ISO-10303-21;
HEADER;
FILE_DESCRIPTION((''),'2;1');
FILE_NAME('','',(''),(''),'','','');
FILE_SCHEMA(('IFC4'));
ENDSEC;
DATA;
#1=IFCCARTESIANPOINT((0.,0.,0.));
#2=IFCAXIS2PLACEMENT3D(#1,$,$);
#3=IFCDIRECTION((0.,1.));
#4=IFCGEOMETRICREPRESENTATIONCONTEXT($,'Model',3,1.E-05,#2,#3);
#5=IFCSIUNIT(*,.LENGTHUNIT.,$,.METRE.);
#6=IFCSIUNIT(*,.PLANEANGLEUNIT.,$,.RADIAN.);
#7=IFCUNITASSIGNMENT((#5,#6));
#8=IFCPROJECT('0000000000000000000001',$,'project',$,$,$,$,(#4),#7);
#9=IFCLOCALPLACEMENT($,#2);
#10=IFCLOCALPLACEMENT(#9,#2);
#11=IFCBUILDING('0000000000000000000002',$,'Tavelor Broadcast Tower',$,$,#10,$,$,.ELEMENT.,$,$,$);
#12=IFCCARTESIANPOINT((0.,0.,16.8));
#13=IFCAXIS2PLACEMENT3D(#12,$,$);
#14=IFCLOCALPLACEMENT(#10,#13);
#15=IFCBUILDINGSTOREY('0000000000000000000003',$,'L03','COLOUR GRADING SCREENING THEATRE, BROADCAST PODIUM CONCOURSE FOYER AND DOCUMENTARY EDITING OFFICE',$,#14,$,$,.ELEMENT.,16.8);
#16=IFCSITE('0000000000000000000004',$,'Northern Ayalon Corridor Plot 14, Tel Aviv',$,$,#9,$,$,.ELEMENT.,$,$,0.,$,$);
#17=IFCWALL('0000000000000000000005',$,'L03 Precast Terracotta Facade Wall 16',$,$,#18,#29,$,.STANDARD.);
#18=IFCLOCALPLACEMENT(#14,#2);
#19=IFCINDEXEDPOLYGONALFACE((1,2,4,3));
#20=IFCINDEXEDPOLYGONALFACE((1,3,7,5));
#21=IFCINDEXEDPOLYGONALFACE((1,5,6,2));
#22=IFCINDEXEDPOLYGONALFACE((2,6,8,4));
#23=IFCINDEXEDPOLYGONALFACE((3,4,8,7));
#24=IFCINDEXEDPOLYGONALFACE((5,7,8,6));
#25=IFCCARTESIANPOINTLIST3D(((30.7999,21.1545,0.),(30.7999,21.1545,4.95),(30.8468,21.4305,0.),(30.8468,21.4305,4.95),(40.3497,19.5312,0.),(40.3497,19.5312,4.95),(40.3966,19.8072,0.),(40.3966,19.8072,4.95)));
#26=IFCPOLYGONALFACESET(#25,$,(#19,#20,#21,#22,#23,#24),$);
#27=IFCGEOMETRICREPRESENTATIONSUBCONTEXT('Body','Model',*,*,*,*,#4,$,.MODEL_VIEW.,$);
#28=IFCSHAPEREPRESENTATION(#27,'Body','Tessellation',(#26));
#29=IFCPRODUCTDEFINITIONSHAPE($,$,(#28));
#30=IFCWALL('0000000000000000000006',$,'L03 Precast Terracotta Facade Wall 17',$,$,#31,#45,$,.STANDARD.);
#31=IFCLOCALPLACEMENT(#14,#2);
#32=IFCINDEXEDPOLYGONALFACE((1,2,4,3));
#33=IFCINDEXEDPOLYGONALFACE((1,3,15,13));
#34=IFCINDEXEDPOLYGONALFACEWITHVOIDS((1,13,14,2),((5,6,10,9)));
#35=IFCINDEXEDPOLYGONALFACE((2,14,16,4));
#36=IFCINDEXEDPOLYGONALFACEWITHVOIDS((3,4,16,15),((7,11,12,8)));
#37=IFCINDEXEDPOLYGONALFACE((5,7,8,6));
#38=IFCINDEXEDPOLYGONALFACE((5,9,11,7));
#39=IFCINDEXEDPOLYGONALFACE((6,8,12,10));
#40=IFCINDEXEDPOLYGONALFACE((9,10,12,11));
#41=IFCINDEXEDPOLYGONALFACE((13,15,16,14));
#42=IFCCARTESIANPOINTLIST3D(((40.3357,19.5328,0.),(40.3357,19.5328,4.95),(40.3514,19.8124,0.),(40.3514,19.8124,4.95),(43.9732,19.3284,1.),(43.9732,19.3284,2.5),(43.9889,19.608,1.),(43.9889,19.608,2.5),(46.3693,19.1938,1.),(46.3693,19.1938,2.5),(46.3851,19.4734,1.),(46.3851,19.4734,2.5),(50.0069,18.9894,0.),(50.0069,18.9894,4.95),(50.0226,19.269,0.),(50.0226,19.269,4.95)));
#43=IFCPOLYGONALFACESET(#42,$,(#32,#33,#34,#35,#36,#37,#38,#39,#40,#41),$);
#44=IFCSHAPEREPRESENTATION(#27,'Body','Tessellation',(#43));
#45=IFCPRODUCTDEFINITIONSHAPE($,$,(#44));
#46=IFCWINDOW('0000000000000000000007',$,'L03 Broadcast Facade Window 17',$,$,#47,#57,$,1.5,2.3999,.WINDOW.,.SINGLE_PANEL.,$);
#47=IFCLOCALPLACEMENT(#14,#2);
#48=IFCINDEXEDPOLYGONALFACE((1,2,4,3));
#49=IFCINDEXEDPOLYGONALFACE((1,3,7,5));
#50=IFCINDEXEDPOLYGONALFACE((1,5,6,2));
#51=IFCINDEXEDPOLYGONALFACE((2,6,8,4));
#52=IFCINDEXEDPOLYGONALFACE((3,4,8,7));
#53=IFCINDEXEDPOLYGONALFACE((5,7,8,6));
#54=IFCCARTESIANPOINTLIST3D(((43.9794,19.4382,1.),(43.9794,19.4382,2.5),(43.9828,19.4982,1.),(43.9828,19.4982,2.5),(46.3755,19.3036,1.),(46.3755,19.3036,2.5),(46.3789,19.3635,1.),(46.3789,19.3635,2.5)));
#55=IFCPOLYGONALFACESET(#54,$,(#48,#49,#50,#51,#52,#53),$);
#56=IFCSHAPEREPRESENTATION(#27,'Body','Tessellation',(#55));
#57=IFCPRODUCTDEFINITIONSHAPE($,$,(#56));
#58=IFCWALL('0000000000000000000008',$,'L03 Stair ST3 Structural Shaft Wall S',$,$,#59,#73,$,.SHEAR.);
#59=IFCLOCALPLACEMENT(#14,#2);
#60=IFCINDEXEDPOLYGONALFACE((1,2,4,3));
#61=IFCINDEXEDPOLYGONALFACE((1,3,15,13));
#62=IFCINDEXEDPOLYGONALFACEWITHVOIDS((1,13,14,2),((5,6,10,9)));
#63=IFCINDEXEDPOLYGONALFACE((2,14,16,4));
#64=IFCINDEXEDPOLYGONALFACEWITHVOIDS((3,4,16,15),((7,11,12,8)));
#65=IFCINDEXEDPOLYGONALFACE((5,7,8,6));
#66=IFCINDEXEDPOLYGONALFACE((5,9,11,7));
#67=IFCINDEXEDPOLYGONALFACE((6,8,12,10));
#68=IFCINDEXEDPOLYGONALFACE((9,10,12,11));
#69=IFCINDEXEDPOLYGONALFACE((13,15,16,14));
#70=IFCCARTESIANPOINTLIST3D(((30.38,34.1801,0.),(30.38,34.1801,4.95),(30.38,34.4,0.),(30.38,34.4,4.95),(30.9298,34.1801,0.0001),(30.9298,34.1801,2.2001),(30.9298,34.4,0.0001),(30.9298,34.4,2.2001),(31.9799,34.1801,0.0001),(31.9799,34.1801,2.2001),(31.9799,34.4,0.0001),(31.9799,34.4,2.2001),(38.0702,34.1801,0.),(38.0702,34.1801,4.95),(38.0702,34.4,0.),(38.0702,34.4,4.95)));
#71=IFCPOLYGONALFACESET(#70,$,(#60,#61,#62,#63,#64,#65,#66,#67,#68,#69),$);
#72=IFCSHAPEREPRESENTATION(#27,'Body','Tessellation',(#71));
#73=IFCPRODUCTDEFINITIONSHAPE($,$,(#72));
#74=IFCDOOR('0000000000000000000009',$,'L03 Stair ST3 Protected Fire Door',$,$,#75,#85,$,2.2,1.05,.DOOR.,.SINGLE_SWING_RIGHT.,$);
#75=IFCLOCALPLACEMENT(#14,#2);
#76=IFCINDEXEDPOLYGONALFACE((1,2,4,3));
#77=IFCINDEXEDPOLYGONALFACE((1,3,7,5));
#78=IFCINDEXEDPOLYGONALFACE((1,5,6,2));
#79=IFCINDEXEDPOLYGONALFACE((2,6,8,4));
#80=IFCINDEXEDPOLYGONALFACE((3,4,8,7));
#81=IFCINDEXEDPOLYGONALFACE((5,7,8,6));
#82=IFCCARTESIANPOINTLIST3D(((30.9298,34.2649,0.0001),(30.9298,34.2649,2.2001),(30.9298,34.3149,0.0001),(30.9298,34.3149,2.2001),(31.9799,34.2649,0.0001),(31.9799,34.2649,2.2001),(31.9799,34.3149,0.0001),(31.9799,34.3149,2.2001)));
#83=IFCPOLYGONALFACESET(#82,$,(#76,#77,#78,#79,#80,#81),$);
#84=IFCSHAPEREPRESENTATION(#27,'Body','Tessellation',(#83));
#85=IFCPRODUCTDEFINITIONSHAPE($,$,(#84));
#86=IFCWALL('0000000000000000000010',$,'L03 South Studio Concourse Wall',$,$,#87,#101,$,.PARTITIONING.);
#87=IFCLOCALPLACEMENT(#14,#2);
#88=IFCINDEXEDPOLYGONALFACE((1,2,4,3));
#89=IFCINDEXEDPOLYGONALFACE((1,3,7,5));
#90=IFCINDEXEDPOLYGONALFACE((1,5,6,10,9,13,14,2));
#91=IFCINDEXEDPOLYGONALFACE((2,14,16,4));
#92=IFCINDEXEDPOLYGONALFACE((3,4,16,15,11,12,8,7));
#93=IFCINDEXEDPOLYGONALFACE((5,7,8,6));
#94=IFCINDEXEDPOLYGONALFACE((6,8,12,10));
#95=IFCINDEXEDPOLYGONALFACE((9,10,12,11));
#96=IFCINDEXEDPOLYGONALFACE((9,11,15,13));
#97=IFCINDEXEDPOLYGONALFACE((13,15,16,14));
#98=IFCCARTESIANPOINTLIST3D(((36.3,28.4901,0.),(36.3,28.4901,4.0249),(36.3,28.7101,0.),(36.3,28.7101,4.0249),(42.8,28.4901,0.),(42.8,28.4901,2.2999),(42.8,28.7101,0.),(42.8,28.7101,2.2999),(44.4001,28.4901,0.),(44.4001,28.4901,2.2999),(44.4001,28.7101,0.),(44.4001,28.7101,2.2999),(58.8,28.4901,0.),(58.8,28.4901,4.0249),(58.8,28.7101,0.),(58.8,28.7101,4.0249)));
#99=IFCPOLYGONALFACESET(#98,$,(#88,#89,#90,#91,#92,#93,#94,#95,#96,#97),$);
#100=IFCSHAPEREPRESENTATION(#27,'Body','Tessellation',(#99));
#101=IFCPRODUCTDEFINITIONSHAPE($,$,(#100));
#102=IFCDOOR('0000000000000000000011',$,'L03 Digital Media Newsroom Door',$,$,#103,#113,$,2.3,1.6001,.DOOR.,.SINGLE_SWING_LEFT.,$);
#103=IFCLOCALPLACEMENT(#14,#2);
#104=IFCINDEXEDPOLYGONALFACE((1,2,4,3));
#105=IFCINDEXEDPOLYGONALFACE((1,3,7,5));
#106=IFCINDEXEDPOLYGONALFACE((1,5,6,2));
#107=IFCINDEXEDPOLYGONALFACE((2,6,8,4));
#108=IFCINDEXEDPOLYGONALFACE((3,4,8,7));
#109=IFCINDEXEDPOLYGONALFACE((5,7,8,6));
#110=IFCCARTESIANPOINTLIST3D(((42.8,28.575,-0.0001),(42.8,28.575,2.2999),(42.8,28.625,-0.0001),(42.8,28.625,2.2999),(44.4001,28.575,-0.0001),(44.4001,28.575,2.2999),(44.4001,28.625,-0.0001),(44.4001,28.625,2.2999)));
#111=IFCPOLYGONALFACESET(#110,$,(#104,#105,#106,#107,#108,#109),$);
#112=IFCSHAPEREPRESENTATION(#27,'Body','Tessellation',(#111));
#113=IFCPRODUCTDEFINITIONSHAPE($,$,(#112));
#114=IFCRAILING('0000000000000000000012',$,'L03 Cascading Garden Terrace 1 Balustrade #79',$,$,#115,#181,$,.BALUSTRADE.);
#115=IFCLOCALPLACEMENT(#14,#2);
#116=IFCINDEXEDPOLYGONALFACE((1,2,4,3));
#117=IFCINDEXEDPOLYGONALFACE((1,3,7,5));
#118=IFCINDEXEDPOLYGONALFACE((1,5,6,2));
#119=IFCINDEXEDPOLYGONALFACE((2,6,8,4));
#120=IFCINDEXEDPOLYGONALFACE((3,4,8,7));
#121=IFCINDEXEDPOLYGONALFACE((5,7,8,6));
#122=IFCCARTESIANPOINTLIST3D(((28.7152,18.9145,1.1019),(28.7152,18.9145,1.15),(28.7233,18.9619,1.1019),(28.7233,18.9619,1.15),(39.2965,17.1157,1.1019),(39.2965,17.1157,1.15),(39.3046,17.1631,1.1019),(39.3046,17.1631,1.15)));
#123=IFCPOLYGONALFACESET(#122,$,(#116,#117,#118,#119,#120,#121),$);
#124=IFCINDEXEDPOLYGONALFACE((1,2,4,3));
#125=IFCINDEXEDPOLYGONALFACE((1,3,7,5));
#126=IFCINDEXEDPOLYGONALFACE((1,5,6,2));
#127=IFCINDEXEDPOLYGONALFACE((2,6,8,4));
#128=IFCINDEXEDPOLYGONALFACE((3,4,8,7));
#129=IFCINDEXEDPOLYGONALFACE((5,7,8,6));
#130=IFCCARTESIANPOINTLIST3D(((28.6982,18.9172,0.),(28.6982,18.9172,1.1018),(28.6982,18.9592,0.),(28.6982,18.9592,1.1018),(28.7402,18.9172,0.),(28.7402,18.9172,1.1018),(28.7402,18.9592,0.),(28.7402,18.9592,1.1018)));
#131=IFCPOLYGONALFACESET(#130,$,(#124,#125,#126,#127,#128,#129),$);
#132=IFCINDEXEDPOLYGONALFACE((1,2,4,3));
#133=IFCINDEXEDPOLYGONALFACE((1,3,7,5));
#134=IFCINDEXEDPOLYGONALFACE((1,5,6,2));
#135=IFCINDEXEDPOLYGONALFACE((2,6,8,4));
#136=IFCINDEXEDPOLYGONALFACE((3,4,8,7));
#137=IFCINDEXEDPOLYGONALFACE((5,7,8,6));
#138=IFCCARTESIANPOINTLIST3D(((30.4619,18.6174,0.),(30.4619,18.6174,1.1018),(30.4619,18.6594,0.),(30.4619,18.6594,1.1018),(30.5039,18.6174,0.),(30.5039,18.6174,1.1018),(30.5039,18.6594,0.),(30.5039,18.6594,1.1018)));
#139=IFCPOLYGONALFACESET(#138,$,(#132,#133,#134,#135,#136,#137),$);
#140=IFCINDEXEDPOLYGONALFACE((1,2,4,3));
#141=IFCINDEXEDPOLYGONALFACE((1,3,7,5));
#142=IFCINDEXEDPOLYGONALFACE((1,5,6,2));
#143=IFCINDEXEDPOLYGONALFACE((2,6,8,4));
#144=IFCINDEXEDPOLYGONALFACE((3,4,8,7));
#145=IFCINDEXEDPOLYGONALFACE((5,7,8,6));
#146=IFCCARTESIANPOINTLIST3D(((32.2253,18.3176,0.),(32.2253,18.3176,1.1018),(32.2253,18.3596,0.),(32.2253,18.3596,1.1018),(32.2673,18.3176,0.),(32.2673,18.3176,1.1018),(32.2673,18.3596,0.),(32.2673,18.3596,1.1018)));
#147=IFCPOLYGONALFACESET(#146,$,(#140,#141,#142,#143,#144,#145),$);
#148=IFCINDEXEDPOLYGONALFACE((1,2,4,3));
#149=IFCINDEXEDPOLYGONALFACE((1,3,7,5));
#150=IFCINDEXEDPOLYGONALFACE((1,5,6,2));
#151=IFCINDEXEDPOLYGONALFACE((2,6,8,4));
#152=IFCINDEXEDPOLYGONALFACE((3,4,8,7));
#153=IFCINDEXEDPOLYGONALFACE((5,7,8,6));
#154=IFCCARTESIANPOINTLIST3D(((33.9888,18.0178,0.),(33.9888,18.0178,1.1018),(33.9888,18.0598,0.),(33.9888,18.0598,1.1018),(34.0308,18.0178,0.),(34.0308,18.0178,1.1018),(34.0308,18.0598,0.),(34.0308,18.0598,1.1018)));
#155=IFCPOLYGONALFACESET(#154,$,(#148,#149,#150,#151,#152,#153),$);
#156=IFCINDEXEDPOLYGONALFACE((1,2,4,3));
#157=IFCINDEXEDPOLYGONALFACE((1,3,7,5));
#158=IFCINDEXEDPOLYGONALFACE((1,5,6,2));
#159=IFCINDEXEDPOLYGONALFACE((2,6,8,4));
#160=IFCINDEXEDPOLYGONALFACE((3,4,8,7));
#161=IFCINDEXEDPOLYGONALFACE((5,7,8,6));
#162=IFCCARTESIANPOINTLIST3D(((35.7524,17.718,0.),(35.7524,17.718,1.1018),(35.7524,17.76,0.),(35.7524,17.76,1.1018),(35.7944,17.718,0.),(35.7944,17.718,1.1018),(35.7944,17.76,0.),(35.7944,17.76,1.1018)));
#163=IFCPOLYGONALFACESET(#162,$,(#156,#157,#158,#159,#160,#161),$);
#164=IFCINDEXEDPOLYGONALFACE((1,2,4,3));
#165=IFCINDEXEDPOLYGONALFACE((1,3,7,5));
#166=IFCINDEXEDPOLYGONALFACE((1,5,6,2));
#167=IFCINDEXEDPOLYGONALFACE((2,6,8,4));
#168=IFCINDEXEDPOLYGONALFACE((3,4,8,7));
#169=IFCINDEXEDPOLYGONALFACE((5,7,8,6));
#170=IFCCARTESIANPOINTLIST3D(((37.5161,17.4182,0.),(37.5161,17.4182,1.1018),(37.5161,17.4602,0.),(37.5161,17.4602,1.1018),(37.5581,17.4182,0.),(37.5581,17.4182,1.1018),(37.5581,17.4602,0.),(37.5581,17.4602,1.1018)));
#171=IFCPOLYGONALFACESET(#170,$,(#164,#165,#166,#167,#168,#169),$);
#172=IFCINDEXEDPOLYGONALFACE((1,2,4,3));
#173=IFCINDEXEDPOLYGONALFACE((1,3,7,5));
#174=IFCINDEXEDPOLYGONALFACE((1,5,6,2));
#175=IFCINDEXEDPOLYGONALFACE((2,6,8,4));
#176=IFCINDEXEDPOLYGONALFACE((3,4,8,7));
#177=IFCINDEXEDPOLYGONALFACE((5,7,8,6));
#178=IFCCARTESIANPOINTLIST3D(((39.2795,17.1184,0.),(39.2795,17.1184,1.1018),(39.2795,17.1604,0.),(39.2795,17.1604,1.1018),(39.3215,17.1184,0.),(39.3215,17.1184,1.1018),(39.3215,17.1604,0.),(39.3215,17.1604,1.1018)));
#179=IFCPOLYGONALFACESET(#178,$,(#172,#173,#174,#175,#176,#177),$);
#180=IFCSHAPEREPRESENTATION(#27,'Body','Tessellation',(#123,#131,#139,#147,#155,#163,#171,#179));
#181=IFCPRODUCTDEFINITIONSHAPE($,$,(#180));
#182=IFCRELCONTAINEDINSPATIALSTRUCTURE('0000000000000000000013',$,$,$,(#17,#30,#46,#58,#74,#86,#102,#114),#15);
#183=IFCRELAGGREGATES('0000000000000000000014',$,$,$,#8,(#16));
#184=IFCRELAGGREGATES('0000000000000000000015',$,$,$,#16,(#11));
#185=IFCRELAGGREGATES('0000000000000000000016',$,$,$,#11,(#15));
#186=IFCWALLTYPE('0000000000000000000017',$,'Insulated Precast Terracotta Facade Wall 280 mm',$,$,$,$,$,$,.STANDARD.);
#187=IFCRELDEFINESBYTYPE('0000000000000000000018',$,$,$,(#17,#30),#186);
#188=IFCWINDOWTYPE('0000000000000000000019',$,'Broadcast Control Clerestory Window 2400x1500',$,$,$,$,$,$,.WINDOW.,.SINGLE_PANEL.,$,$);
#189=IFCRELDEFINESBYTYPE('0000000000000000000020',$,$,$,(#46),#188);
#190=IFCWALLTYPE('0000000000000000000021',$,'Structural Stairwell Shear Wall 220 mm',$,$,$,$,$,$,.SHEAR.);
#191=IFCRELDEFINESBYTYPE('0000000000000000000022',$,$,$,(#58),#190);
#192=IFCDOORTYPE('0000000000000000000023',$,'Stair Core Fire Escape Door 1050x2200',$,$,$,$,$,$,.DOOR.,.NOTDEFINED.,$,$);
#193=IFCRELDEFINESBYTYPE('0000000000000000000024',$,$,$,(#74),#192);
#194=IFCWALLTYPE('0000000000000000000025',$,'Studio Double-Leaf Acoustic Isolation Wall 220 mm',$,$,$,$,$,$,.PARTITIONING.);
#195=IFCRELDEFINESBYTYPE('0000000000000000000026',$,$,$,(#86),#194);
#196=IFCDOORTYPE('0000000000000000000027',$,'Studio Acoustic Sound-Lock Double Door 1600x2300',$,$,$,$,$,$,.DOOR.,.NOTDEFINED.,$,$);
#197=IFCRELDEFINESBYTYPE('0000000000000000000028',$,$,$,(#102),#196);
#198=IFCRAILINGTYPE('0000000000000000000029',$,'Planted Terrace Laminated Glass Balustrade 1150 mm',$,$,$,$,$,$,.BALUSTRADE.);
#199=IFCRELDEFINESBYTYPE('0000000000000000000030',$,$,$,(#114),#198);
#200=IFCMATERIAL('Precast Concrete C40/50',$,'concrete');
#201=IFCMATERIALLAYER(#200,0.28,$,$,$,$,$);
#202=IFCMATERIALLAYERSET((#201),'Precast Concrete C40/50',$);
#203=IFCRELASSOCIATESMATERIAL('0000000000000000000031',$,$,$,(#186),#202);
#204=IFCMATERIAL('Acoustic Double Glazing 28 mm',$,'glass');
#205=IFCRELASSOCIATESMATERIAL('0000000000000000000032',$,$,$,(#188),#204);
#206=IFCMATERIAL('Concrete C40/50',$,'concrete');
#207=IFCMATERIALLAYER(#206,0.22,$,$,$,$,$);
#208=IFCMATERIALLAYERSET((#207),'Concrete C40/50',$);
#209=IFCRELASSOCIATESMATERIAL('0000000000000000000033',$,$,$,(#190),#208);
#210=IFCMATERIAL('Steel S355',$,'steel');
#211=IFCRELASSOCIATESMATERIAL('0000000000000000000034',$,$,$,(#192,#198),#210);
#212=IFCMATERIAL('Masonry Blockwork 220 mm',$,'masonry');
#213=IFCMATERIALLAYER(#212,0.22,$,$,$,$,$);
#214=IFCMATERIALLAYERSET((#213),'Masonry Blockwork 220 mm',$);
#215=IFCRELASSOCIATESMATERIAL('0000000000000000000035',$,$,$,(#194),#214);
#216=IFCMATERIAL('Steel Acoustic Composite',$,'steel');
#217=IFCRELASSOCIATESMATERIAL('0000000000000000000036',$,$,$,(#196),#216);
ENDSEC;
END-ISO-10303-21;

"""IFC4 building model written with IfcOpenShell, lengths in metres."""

from ifc_helpers import new_model, si_unit, direction, frame, frame_2d, origin, origin_2d, place, context, subcontext, project, spatial, rectangle, extrude, material, layer, layer_set, type_object, element, fill, save


model = new_model("IFC4")

# Units and contexts
model_context = context("Model", 3, precision=1e-05, world=origin(), true_north=direction((0.0, 1.0)))
body_context = subcontext(model_context, "Body", "Model", "MODEL_VIEW")
ifc_project = project(units=[si_unit("LENGTHUNIT", "METRE"), si_unit("PLANEANGLEUNIT", "RADIAN")], contexts=[model_context])

# Site, building, storey
site_placement = place(None, origin())
site = spatial("IfcSite", under=ifc_project, at=site_placement, Name="Northern Ayalon Corridor Plot 14, Tel Aviv", CompositionType="ELEMENT", RefElevation=0.0)
building_placement = place(site_placement, origin())
building = spatial("IfcBuilding", under=site, at=building_placement, Name="Tavelor Broadcast Tower", CompositionType="ELEMENT")
storey_placement = place(building_placement, frame((0.0, 0.0, 16.8)))
storey = spatial("IfcBuildingStorey", under=building, at=storey_placement, Name="L03", Description="COLOUR GRADING SCREENING THEATRE, BROADCAST PODIUM CONCOURSE FOYER AND DOCUMENTARY EDITING OFFICE", CompositionType="ELEMENT", Elevation=16.8)

# Shared definitions
ifc_material_1 = material(Name="Steel S355", Category="steel")

# Wall
ifc_material_2 = material(Name="Precast Concrete C40/50", Category="concrete")
ifc_layer_1 = layer(ifc_material_2, 0.28)
ifc_layer_set_1 = layer_set([ifc_layer_1], Name="Precast Concrete C40/50")
wall_type_1 = type_object("IfcWallType", Name="Insulated Precast Terracotta Facade Wall 280 mm", PredefinedType="STANDARD", material=ifc_layer_set_1)
wall_1_placement = place(storey_placement, frame((30.8235, 21.2925, 0.0), z_axis=(0.0, 0.0, 1.0), x_axis=(0.985859, -0.167578, 0.0)))
element("IfcWall", 1, at=wall_1_placement, inside=storey, type_object=wall_type_1, Name="L03 Precast Terracotta Facade Wall 16", PredefinedType="STANDARD", context=body_context, shape_type="SweptSolid", body=[
    extrude(rectangle(XDim=9.6868, YDim=0.28, at=frame_2d((4.8433, 0.0))), origin(), (0.0, 0.0, 1.0), 4.95),
])

# Wall, opening, window
wall_2_placement = place(storey_placement, frame((40.3435, 19.6726, 0.0), z_axis=(0.0, 0.0, 1.0), x_axis=(0.998425, -0.056104, 0.0)))
wall_2 = element("IfcWall", 2, at=wall_2_placement, inside=storey, type_object=wall_type_1, Name="L03 Precast Terracotta Facade Wall 17", PredefinedType="STANDARD", context=body_context, shape_type="SweptSolid", body=[
    extrude(rectangle(XDim=9.6865, YDim=0.28, at=frame_2d((4.8433, 0.0))), origin(), (0.0, 0.0, 1.0), 4.95),
])
opening_1_placement = place(wall_2_placement, frame((3.6433, 0.0, 1.0)))
opening_1 = element("IfcOpeningElement", 3, at=opening_1_placement, cuts=wall_2, PredefinedType="OPENING", context=body_context, shape_type="SweptSolid", body=[
    extrude(rectangle(XDim=2.3999, YDim=1.5, at=frame_2d((1.2, 0.75))), frame((0.0, 0.1499, 0.0), z_axis=(0.0, -1.0, 0.0), x_axis=(1.0, 0.0, 0.0)), (0.0, 0.0, 1.0), 0.3),
])
ifc_material_3 = material(Name="Acoustic Double Glazing 28 mm", Category="glass")
window_type = type_object("IfcWindowType", Name="Broadcast Control Clerestory Window 2400x1500", PartitioningType="SINGLE_PANEL", PredefinedType="WINDOW", material=ifc_material_3)
window_placement = place(opening_1_placement, origin())
window = element("IfcWindow", 4, at=window_placement, inside=storey, type_object=window_type, Name="L03 Broadcast Facade Window 17", OverallHeight=1.5, OverallWidth=2.3999, PartitioningType="SINGLE_PANEL", PredefinedType="WINDOW", context=body_context, shape_type="SweptSolid", body=[
    extrude(rectangle(XDim=2.3999, YDim=1.5, at=frame_2d((1.2, 0.75))), frame((0.0, 0.03, 0.0), z_axis=(0.0, -1.0, 0.0), x_axis=(1.0, 0.0, 0.0)), (0.0, 0.0, 1.0), 0.0601),
])
fill(opening_1, window)

# Walls, openings, doors
ifc_material_4 = material(Name="Concrete C40/50", Category="concrete")
ifc_layer_2 = layer(ifc_material_4, 0.22)
ifc_layer_set_2 = layer_set([ifc_layer_2], Name="Concrete C40/50")
wall_type_2 = type_object("IfcWallType", Name="Structural Stairwell Shear Wall 220 mm", PredefinedType="SHEAR", material=ifc_layer_set_2)
wall_3_placement = place(storey_placement, frame((30.3799, 34.29, 0.0), z_axis=(0.0, 0.0, 1.0), x_axis=(1.0, 0.0, 0.0)))
wall_3 = element("IfcWall", 5, at=wall_3_placement, inside=storey, type_object=wall_type_2, Name="L03 Stair ST3 Structural Shaft Wall S", PredefinedType="SHEAR", context=body_context, shape_type="SweptSolid", body=[
    extrude(rectangle(XDim=7.6902, YDim=0.22, at=frame_2d((3.8452, 0.0))), origin(), (0.0, 0.0, 1.0), 4.95),
])
opening_2_placement = place(wall_3_placement, frame((0.55, 0.0, 0.0)))
opening_2 = element("IfcOpeningElement", 6, at=opening_2_placement, cuts=wall_3, PredefinedType="OPENING", context=body_context, shape_type="SweptSolid", body=[
    extrude(rectangle(XDim=1.05, YDim=2.2, at=frame_2d((0.5249, 1.1001))), frame((0.0, 0.1201, 0.0), z_axis=(0.0, -1.0, 0.0), x_axis=(1.0, 0.0, 0.0)), (0.0, 0.0, 1.0), 0.24),
])
door_type_1 = type_object("IfcDoorType", Name="Stair Core Fire Escape Door 1050x2200", OperationType="NOTDEFINED", PredefinedType="DOOR", material=ifc_material_1)
door_1_placement = place(opening_2_placement, origin())
door_1 = element("IfcDoor", 7, at=door_1_placement, inside=storey, type_object=door_type_1, Name="L03 Stair ST3 Protected Fire Door", OperationType="SINGLE_SWING_RIGHT", OverallHeight=2.2, OverallWidth=1.05, PredefinedType="DOOR", context=body_context, shape_type="SweptSolid", body=[
    extrude(rectangle(XDim=1.05, YDim=2.2, at=frame_2d((0.5249, 1.1001))), frame((0.0, 0.0249, 0.0), z_axis=(0.0, -1.0, 0.0), x_axis=(1.0, 0.0, 0.0)), (0.0, 0.0, 1.0), 0.05),
])
fill(opening_2, door_1)
ifc_material_5 = material(Name="Masonry Blockwork 220 mm", Category="masonry")
ifc_layer_3 = layer(ifc_material_5, 0.22)
ifc_layer_set_3 = layer_set([ifc_layer_3], Name="Masonry Blockwork 220 mm")
wall_type_3 = type_object("IfcWallType", Name="Studio Double-Leaf Acoustic Isolation Wall 220 mm", PredefinedType="PARTITIONING", material=ifc_layer_set_3)
wall_4_placement = place(storey_placement, frame((36.3, 28.6001, 0.0), z_axis=(0.0, 0.0, 1.0), x_axis=(1.0, 0.0, 0.0)))
wall_4 = element("IfcWall", 8, at=wall_4_placement, inside=storey, type_object=wall_type_3, Name="L03 South Studio Concourse Wall", PredefinedType="PARTITIONING", context=body_context, shape_type="SweptSolid", body=[
    extrude(rectangle(XDim=22.5, YDim=0.22, at=frame_2d((11.25, 0.0))), origin(), (0.0, 0.0, 1.0), 4.0249),
])
opening_3_placement = place(wall_4_placement, frame((6.5, 0.0, 0.0)))
opening_3 = element("IfcOpeningElement", 9, at=opening_3_placement, cuts=wall_4, PredefinedType="OPENING", context=body_context, shape_type="SweptSolid", body=[
    extrude(rectangle(XDim=1.6001, YDim=2.3, at=frame_2d((0.8, 1.1499))), frame((0.0, 0.1201, 0.0), z_axis=(0.0, -1.0, 0.0), x_axis=(1.0, 0.0, 0.0)), (0.0, 0.0, 1.0), 0.24),
])
ifc_material_6 = material(Name="Steel Acoustic Composite", Category="steel")
door_type_2 = type_object("IfcDoorType", Name="Studio Acoustic Sound-Lock Double Door 1600x2300", OperationType="NOTDEFINED", PredefinedType="DOOR", material=ifc_material_6)
door_2_placement = place(opening_3_placement, origin())
door_2 = element("IfcDoor", 10, at=door_2_placement, inside=storey, type_object=door_type_2, Name="L03 Digital Media Newsroom Door", OperationType="SINGLE_SWING_LEFT", OverallHeight=2.3, OverallWidth=1.6001, PredefinedType="DOOR", context=body_context, shape_type="SweptSolid", body=[
    extrude(rectangle(XDim=1.6001, YDim=2.3, at=frame_2d((0.8, 1.1499))), frame((0.0, 0.0249, 0.0), z_axis=(0.0, -1.0, 0.0), x_axis=(1.0, 0.0, 0.0)), (0.0, 0.0, 1.0), 0.05),
])
fill(opening_3, door_2)

# Railing
railing_type = type_object("IfcRailingType", Name="Planted Terrace Laminated Glass Balustrade 1150 mm", PredefinedType="BALUSTRADE", material=ifc_material_1)
railing_1_placement = place(storey_placement, frame((28.7192, 18.9382, 0.0)))
element("IfcRailing", 11, at=railing_1_placement, inside=storey, type_object=railing_type, Name="L03 Cascading Garden Terrace 1 Balustrade #79", PredefinedType="BALUSTRADE", context=body_context, shape_type="SweptSolid", body=[
    extrude(rectangle(XDim=0.0481, YDim=0.0481, at=origin_2d()), frame((0.0, 0.0, 1.126), z_axis=(0.985856, -0.167596, 0.0), x_axis=(0.167596, 0.985856, 0.0)), (0.0, 0.0, 1.0), 10.7332),
    extrude(rectangle(XDim=0.042, YDim=0.042, at=origin_2d()), origin(), (0.0, 0.0, 1.0), 1.1018),
    extrude(rectangle(XDim=0.042, YDim=0.042, at=origin_2d()), frame((1.7637, -0.2998, 0.0)), (0.0, 0.0, 1.0), 1.1018),
    extrude(rectangle(XDim=0.042, YDim=0.042, at=origin_2d()), frame((3.5271, -0.5996, 0.0)), (0.0, 0.0, 1.0), 1.1018),
    extrude(rectangle(XDim=0.042, YDim=0.042, at=origin_2d()), frame((5.2905, -0.8994, 0.0)), (0.0, 0.0, 1.0), 1.1018),
    extrude(rectangle(XDim=0.042, YDim=0.042, at=origin_2d()), frame((7.0542, -1.1992, 0.0)), (0.0, 0.0, 1.0), 1.1018),
    extrude(rectangle(XDim=0.042, YDim=0.042, at=origin_2d()), frame((8.8179, -1.499, 0.0)), (0.0, 0.0, 1.0), 1.1018),
    extrude(rectangle(XDim=0.042, YDim=0.042, at=origin_2d()), frame((10.5813, -1.7988, 0.0)), (0.0, 0.0, 1.0), 1.1018),
])

save(model, "model.ifc")
